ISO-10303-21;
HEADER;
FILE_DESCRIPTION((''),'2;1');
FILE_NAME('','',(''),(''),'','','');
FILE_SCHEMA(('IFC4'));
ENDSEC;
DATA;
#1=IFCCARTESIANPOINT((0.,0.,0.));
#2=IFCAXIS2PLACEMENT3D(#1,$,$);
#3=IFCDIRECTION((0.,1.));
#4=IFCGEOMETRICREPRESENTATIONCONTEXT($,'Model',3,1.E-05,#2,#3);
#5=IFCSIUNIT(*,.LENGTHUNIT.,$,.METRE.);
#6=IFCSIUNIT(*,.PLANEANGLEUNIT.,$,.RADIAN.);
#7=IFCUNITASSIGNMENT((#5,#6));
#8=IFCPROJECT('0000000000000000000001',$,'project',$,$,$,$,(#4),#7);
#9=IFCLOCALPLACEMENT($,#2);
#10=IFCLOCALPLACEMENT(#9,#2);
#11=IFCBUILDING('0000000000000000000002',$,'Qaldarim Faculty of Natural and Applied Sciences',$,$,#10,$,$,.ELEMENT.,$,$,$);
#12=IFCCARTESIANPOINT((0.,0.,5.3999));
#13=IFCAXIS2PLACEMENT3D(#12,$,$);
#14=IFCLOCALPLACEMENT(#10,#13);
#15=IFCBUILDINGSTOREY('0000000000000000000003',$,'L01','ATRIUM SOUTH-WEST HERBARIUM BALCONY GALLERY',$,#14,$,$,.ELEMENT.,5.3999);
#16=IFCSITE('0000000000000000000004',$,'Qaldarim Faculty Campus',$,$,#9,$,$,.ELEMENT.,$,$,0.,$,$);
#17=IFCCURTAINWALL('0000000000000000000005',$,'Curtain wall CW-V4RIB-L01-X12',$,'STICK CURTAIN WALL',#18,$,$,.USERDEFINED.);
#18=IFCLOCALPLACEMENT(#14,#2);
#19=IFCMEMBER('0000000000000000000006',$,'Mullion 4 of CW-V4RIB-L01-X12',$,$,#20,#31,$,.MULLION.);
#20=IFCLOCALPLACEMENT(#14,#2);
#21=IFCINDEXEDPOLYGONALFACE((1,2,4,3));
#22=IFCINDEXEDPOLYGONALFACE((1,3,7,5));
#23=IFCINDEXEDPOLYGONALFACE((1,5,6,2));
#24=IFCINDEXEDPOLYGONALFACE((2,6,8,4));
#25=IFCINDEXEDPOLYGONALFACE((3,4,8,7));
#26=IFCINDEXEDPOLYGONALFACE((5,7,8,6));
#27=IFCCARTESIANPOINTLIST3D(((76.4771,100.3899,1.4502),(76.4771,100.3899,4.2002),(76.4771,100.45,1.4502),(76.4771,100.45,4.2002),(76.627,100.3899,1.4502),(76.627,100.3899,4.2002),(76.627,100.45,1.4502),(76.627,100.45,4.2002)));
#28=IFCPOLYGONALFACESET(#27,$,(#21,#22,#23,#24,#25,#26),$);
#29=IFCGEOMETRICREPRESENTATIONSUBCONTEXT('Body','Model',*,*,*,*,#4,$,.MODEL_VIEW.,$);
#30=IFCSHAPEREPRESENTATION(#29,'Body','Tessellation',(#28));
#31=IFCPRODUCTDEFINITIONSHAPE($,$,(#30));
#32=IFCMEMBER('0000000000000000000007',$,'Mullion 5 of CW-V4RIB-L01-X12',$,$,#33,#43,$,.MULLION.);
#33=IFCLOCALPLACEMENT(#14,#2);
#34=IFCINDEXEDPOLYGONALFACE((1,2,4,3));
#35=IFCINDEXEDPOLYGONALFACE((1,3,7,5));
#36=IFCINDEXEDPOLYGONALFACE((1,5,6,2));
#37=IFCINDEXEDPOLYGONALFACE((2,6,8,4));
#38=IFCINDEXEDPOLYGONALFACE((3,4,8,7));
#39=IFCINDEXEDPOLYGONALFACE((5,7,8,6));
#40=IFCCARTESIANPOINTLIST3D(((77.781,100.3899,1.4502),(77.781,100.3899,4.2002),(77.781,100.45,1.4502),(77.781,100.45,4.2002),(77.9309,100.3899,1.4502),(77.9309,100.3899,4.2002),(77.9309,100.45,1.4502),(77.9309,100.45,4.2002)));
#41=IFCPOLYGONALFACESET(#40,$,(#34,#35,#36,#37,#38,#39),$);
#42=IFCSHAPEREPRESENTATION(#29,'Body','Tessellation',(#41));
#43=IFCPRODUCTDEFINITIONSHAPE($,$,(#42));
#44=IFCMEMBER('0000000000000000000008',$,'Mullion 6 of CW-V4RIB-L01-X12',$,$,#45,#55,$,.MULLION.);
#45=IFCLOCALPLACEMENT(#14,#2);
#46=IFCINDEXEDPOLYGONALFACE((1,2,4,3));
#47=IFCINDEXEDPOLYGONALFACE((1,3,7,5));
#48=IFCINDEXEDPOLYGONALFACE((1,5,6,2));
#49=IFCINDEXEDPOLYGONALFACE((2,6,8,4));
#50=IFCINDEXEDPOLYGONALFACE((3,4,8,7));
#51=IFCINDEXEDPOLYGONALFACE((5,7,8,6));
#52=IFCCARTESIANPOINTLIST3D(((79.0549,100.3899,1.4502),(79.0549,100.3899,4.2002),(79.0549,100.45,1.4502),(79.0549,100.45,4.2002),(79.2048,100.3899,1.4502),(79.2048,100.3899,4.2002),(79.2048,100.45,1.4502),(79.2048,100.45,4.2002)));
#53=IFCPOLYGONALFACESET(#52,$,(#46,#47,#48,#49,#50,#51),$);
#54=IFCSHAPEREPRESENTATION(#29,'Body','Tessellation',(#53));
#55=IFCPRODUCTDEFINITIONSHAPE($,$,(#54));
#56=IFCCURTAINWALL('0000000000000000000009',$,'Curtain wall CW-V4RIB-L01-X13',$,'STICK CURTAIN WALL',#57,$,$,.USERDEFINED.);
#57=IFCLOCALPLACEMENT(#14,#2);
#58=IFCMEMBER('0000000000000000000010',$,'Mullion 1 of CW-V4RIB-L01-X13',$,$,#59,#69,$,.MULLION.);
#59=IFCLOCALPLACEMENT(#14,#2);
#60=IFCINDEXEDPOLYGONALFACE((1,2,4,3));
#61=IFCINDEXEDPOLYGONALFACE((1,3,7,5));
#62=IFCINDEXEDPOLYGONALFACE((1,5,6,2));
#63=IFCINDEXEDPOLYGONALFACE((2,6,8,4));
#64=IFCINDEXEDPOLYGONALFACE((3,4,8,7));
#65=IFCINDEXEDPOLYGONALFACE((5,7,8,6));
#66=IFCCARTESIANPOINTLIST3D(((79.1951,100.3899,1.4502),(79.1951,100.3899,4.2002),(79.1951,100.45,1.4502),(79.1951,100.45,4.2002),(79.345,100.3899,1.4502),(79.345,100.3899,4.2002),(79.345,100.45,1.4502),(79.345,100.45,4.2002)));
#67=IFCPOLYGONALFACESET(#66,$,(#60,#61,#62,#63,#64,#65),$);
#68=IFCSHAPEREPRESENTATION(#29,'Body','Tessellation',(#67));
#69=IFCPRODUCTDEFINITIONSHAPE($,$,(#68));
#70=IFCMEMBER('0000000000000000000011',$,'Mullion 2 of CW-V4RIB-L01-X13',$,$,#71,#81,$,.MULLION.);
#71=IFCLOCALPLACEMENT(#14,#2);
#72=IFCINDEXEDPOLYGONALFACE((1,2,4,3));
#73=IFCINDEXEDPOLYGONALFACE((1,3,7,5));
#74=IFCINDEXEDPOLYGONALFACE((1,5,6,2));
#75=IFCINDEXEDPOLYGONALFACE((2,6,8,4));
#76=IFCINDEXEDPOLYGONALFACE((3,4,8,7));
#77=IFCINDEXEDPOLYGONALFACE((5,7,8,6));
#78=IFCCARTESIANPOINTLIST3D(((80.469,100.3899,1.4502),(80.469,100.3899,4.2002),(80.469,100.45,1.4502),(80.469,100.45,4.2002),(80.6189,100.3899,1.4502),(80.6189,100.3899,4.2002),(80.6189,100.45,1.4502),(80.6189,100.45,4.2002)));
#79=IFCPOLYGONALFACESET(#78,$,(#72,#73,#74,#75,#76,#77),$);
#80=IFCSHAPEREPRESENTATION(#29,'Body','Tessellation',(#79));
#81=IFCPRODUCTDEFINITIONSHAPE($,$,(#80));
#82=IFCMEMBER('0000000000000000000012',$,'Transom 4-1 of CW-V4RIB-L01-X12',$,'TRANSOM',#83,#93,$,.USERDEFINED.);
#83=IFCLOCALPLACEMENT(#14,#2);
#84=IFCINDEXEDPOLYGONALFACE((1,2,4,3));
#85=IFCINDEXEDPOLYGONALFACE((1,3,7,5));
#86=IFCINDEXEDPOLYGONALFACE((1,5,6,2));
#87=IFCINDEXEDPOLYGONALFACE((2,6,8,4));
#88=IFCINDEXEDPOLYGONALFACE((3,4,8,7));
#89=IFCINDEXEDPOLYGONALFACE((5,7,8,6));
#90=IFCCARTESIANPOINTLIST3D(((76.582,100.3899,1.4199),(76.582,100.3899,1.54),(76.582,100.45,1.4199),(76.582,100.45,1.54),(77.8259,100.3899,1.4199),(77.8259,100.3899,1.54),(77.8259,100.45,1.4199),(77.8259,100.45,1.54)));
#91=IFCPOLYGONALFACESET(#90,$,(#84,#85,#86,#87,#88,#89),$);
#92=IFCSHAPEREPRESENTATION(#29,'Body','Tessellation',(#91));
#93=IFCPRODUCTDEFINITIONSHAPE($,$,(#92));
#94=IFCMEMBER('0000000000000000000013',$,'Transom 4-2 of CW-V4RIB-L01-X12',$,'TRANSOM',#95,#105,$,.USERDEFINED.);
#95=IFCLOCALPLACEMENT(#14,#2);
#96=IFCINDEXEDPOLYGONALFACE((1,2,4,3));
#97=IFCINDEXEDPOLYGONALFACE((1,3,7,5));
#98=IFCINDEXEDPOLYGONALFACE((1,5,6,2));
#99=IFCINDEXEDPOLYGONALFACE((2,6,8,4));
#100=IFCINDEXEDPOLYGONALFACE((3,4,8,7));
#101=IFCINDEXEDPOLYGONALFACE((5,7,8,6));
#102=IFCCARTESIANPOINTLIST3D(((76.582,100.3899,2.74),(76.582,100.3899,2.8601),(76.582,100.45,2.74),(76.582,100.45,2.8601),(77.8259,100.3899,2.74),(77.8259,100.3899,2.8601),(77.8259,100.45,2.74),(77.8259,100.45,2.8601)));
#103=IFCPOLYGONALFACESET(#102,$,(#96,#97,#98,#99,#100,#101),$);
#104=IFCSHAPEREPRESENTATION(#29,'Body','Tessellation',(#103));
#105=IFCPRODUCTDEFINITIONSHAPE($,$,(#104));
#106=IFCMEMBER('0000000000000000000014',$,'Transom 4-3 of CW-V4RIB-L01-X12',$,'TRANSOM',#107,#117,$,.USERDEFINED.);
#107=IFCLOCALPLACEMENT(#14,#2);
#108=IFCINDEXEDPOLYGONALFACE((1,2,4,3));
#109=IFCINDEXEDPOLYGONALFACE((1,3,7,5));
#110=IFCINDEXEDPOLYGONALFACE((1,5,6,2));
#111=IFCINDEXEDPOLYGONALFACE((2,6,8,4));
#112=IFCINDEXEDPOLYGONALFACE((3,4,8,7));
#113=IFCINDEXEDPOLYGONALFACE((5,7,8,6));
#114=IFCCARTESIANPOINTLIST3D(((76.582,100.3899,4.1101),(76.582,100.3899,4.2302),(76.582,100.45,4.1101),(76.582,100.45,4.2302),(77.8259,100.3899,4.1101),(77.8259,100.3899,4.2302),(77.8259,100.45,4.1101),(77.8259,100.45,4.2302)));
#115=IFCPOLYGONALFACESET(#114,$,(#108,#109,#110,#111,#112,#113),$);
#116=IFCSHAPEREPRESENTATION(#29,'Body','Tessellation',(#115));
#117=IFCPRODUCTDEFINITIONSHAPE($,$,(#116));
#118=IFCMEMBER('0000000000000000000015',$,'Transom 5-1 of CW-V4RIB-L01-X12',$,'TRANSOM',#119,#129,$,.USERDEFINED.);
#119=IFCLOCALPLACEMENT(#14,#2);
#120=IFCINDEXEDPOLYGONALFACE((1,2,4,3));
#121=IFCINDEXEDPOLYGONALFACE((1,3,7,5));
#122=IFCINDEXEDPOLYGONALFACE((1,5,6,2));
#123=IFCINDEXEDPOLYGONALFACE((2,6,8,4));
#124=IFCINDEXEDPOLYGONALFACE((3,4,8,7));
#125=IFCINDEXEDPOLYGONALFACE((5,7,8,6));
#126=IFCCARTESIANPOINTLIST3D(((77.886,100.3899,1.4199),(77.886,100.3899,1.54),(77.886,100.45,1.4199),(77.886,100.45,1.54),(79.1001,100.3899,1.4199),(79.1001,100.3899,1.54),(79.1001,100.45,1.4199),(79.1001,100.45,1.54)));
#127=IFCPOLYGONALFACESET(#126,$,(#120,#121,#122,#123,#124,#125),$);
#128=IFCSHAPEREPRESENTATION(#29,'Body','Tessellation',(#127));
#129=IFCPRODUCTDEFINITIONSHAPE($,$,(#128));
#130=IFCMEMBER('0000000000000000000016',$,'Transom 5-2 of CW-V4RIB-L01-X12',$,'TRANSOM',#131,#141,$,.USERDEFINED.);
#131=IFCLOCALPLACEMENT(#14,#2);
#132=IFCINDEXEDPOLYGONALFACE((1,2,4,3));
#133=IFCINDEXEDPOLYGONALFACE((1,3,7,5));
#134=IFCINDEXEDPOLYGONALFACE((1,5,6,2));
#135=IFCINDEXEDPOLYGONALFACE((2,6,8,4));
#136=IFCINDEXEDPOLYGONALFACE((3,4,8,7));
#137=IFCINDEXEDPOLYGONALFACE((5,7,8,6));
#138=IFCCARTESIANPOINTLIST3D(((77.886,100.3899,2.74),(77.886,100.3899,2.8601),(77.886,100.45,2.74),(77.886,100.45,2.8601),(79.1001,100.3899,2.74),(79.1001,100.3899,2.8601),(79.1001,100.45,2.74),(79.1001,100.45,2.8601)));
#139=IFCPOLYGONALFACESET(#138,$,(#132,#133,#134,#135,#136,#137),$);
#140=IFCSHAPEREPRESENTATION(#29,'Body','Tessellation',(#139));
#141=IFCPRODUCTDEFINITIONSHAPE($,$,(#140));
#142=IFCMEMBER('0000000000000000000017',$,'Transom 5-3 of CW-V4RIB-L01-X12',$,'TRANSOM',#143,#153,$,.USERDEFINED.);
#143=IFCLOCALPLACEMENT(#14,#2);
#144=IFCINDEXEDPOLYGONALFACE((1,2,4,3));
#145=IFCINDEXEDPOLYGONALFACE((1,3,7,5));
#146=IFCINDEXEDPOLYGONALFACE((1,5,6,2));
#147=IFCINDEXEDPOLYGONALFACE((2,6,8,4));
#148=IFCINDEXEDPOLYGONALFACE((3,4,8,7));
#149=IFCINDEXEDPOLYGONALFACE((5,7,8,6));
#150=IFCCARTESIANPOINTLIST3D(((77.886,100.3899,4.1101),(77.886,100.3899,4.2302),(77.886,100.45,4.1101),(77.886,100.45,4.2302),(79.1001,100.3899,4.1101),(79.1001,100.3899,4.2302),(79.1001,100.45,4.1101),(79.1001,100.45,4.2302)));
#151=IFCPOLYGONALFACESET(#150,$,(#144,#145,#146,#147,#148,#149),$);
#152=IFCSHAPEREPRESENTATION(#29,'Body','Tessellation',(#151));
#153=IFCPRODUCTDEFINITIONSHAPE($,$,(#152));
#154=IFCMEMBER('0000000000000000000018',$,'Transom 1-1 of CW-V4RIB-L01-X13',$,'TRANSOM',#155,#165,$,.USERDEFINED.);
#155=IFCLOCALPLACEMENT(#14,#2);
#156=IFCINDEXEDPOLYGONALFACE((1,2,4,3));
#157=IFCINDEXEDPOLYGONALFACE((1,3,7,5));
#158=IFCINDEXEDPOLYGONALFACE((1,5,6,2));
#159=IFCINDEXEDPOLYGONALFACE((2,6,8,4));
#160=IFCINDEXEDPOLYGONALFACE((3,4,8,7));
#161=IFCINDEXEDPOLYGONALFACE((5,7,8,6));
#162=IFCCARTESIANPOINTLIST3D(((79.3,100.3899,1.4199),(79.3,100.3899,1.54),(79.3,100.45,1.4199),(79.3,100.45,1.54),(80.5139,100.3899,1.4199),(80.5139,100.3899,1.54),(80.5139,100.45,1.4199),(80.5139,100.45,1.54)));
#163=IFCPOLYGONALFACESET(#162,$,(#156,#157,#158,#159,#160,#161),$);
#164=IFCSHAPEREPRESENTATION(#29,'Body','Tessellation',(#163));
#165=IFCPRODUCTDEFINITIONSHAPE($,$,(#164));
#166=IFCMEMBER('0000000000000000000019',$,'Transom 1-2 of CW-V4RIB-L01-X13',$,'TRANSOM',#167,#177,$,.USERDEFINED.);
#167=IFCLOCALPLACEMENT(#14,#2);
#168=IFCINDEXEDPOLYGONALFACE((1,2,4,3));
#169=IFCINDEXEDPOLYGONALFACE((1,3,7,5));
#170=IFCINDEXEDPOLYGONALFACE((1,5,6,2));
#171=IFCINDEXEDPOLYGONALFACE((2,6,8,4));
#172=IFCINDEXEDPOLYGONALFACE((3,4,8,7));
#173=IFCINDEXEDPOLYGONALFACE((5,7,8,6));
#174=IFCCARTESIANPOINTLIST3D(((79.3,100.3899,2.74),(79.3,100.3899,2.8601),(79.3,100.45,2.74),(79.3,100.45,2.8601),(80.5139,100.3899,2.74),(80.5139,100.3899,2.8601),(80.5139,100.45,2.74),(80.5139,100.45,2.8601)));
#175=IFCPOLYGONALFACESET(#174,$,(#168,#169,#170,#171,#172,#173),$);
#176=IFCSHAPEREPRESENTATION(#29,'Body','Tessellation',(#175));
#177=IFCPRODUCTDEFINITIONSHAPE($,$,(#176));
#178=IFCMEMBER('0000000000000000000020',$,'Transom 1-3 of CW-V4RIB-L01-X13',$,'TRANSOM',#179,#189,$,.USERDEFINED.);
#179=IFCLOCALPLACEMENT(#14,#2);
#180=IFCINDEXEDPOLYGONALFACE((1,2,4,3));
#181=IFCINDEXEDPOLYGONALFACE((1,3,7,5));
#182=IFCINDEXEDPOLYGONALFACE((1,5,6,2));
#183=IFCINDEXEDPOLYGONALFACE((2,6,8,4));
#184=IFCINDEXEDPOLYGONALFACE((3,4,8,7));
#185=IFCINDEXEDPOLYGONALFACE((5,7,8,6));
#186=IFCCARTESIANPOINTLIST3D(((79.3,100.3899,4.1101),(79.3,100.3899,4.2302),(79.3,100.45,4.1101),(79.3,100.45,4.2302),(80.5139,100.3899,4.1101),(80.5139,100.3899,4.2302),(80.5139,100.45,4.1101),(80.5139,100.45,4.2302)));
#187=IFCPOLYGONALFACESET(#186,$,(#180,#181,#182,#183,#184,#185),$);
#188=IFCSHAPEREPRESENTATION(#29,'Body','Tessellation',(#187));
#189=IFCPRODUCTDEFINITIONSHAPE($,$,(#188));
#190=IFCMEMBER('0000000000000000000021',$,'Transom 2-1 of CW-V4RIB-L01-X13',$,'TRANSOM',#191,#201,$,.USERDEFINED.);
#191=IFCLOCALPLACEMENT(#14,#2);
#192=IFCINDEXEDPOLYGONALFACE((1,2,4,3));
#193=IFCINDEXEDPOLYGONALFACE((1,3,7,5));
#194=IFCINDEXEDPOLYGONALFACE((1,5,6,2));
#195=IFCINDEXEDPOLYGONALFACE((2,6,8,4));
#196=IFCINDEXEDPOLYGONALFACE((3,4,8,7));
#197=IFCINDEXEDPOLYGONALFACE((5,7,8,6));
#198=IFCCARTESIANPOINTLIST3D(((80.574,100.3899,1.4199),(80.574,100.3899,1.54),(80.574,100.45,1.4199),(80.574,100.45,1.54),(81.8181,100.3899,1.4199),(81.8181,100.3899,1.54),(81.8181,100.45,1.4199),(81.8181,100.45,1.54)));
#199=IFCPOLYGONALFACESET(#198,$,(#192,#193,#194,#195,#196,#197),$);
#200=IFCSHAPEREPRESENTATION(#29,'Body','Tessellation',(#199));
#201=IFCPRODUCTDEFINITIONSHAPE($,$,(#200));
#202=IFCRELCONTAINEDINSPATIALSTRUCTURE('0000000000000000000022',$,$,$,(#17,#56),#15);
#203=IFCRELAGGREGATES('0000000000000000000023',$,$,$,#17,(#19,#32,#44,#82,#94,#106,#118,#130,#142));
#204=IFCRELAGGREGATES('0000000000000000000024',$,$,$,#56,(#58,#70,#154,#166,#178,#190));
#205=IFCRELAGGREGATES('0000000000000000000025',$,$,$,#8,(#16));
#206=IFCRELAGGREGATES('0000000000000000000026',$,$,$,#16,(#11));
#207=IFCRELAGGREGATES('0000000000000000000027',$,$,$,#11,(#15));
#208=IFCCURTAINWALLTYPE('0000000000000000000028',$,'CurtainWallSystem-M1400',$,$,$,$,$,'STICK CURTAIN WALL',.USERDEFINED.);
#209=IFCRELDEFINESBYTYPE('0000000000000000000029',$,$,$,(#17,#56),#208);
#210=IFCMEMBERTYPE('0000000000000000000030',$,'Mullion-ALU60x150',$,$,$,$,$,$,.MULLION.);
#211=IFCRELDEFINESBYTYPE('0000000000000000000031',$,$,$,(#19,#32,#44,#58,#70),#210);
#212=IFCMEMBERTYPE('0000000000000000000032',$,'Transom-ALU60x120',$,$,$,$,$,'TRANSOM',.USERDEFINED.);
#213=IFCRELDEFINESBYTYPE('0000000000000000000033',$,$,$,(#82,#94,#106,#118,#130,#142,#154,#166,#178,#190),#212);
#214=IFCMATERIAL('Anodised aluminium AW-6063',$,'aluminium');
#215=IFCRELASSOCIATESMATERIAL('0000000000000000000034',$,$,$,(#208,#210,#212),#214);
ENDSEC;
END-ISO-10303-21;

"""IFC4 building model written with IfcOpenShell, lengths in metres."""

from ifc_helpers import new_model, si_unit, direction, frame, origin, origin_2d, place, context, subcontext, project, spatial, rectangle, extrude, material, material_profile, profile_set, type_object, element, aggregate, save


model = new_model("IFC4")

# Units and contexts
model_context = context("Model", 3, precision=1e-05, world=origin(), true_north=direction((0.0, 1.0)))
body_context = subcontext(model_context, "Body", "Model", "MODEL_VIEW")
ifc_project = project(units=[si_unit("LENGTHUNIT", "METRE"), si_unit("PLANEANGLEUNIT", "RADIAN")], contexts=[model_context])

# Site, building, storey
site_placement = place(None, origin())
site = spatial("IfcSite", under=ifc_project, at=site_placement, Name="Qaldarim Faculty Campus", CompositionType="ELEMENT", RefElevation=0.0)
building_placement = place(site_placement, origin())
building = spatial("IfcBuilding", under=site, at=building_placement, Name="Qaldarim Faculty of Natural and Applied Sciences", CompositionType="ELEMENT")
storey_placement = place(building_placement, frame((0.0, 0.0, 5.3999)))
storey = spatial("IfcBuildingStorey", under=building, at=storey_placement, Name="L01", Description="ATRIUM SOUTH-WEST HERBARIUM BALCONY GALLERY", CompositionType="ELEMENT", Elevation=5.3999)

# Curtain walls, members
ifc_material_1 = material(Name="Anodised aluminium AW-6063", Category="aluminium")
curtain_wall_type = type_object("IfcCurtainWallType", Name="CurtainWallSystem-M1400", ElementType="STICK CURTAIN WALL", PredefinedType="USERDEFINED", material=ifc_material_1)
curtain_wall_1_placement = place(storey_placement, origin())
curtain_wall_1 = element("IfcCurtainWall", 1, at=curtain_wall_1_placement, inside=storey, type_object=curtain_wall_type, Name="Curtain wall CW-V4RIB-L01-X12", ObjectType="STICK CURTAIN WALL", PredefinedType="USERDEFINED")
ifc_material_profile_1 = material_profile(ifc_material_1, rectangle(XDim=0.0601, YDim=0.1499, at=origin_2d()), Name="ALU-M60x150")
ifc_profile_set_1 = profile_set([ifc_material_profile_1], Name="Anodised aluminium AW-6063")
member_type_1 = type_object("IfcMemberType", Name="Mullion-ALU60x150", PredefinedType="MULLION", material=ifc_profile_set_1)
member_1_placement = place(storey_placement, frame((76.552, 100.4199, 1.4502), z_axis=(0.0, 0.0, 1.0), x_axis=(0.0, 1.0, 0.0)))
member_1 = element("IfcMember", 2, at=member_1_placement, type_object=member_type_1, Name="Mullion 4 of CW-V4RIB-L01-X12", PredefinedType="MULLION", context=body_context, shape_type="SweptSolid", body=[
    extrude(rectangle(XDim=0.0601, YDim=0.1499, at=origin_2d()), origin(), (0.0, 0.0, 1.0), 2.75),
])
member_2_placement = place(storey_placement, frame((77.856, 100.4199, 1.4502), z_axis=(0.0, 0.0, 1.0), x_axis=(0.0, 1.0, 0.0)))
member_2 = element("IfcMember", 3, at=member_2_placement, type_object=member_type_1, Name="Mullion 5 of CW-V4RIB-L01-X12", PredefinedType="MULLION", context=body_context, shape_type="SweptSolid", body=[
    extrude(rectangle(XDim=0.0601, YDim=0.1499, at=origin_2d()), origin(), (0.0, 0.0, 1.0), 2.75),
])
member_3_placement = place(storey_placement, frame((79.1299, 100.4199, 1.4502), z_axis=(0.0, 0.0, 1.0), x_axis=(0.0, 1.0, 0.0)))
member_3 = element("IfcMember", 4, at=member_3_placement, type_object=member_type_1, Name="Mullion 6 of CW-V4RIB-L01-X12", PredefinedType="MULLION", context=body_context, shape_type="SweptSolid", body=[
    extrude(rectangle(XDim=0.0601, YDim=0.1499, at=origin_2d()), origin(), (0.0, 0.0, 1.0), 2.75),
])
curtain_wall_2_placement = place(storey_placement, origin())
curtain_wall_2 = element("IfcCurtainWall", 5, at=curtain_wall_2_placement, inside=storey, type_object=curtain_wall_type, Name="Curtain wall CW-V4RIB-L01-X13", ObjectType="STICK CURTAIN WALL", PredefinedType="USERDEFINED")
member_4_placement = place(storey_placement, frame((79.27, 100.4199, 1.4502), z_axis=(0.0, 0.0, 1.0), x_axis=(0.0, 1.0, 0.0)))
member_4 = element("IfcMember", 6, at=member_4_placement, type_object=member_type_1, Name="Mullion 1 of CW-V4RIB-L01-X13", PredefinedType="MULLION", context=body_context, shape_type="SweptSolid", body=[
    extrude(rectangle(XDim=0.0601, YDim=0.1499, at=origin_2d()), origin(), (0.0, 0.0, 1.0), 2.75),
])
member_5_placement = place(storey_placement, frame((80.5439, 100.4199, 1.4502), z_axis=(0.0, 0.0, 1.0), x_axis=(0.0, 1.0, 0.0)))
member_5 = element("IfcMember", 7, at=member_5_placement, type_object=member_type_1, Name="Mullion 2 of CW-V4RIB-L01-X13", PredefinedType="MULLION", context=body_context, shape_type="SweptSolid", body=[
    extrude(rectangle(XDim=0.0601, YDim=0.1499, at=origin_2d()), origin(), (0.0, 0.0, 1.0), 2.75),
])

# Members
ifc_material_profile_2 = material_profile(ifc_material_1, rectangle(XDim=0.0601, YDim=0.1201, at=origin_2d()), Name="ALU-T60x120")
ifc_profile_set_2 = profile_set([ifc_material_profile_2], Name="Anodised aluminium AW-6063")
member_type_2 = type_object("IfcMemberType", Name="Transom-ALU60x120", ElementType="TRANSOM", PredefinedType="USERDEFINED", material=ifc_profile_set_2)
member_6_placement = place(storey_placement, frame((76.582, 100.4199, 1.48), z_axis=(1.0, 0.0, 0.0), x_axis=(0.0, 1.0, 0.0)))
member_6 = element("IfcMember", 8, at=member_6_placement, type_object=member_type_2, Name="Transom 4-1 of CW-V4RIB-L01-X12", ObjectType="TRANSOM", PredefinedType="USERDEFINED", context=body_context, shape_type="SweptSolid", body=[
    extrude(rectangle(XDim=0.0601, YDim=0.1201, at=origin_2d()), origin(), (0.0, 0.0, 1.0), 1.2439),
])
member_7_placement = place(storey_placement, frame((76.582, 100.4199, 2.8), z_axis=(1.0, 0.0, 0.0), x_axis=(0.0, 1.0, 0.0)))
member_7 = element("IfcMember", 9, at=member_7_placement, type_object=member_type_2, Name="Transom 4-2 of CW-V4RIB-L01-X12", ObjectType="TRANSOM", PredefinedType="USERDEFINED", context=body_context, shape_type="SweptSolid", body=[
    extrude(rectangle(XDim=0.0601, YDim=0.1201, at=origin_2d()), origin(), (0.0, 0.0, 1.0), 1.2439),
])
member_8_placement = place(storey_placement, frame((76.582, 100.4199, 4.1702), z_axis=(1.0, 0.0, 0.0), x_axis=(0.0, 1.0, 0.0)))
member_8 = element("IfcMember", 10, at=member_8_placement, type_object=member_type_2, Name="Transom 4-3 of CW-V4RIB-L01-X12", ObjectType="TRANSOM", PredefinedType="USERDEFINED", context=body_context, shape_type="SweptSolid", body=[
    extrude(rectangle(XDim=0.0601, YDim=0.1201, at=origin_2d()), origin(), (0.0, 0.0, 1.0), 1.2439),
])
member_9_placement = place(storey_placement, frame((77.886, 100.4199, 1.48), z_axis=(1.0, 0.0, 0.0), x_axis=(0.0, 1.0, 0.0)))
member_9 = element("IfcMember", 11, at=member_9_placement, type_object=member_type_2, Name="Transom 5-1 of CW-V4RIB-L01-X12", ObjectType="TRANSOM", PredefinedType="USERDEFINED", context=body_context, shape_type="SweptSolid", body=[
    extrude(rectangle(XDim=0.0601, YDim=0.1201, at=origin_2d()), origin(), (0.0, 0.0, 1.0), 1.2141),
])
member_10_placement = place(storey_placement, frame((77.886, 100.4199, 2.8), z_axis=(1.0, 0.0, 0.0), x_axis=(0.0, 1.0, 0.0)))
member_10 = element("IfcMember", 12, at=member_10_placement, type_object=member_type_2, Name="Transom 5-2 of CW-V4RIB-L01-X12", ObjectType="TRANSOM", PredefinedType="USERDEFINED", context=body_context, shape_type="SweptSolid", body=[
    extrude(rectangle(XDim=0.0601, YDim=0.1201, at=origin_2d()), origin(), (0.0, 0.0, 1.0), 1.2141),
])
member_11_placement = place(storey_placement, frame((77.886, 100.4199, 4.1702), z_axis=(1.0, 0.0, 0.0), x_axis=(0.0, 1.0, 0.0)))
member_11 = element("IfcMember", 13, at=member_11_placement, type_object=member_type_2, Name="Transom 5-3 of CW-V4RIB-L01-X12", ObjectType="TRANSOM", PredefinedType="USERDEFINED", context=body_context, shape_type="SweptSolid", body=[
    extrude(rectangle(XDim=0.0601, YDim=0.1201, at=origin_2d()), origin(), (0.0, 0.0, 1.0), 1.2141),
])
member_12_placement = place(storey_placement, frame((79.3, 100.4199, 1.48), z_axis=(1.0, 0.0, 0.0), x_axis=(0.0, 1.0, 0.0)))
member_12 = element("IfcMember", 14, at=member_12_placement, type_object=member_type_2, Name="Transom 1-1 of CW-V4RIB-L01-X13", ObjectType="TRANSOM", PredefinedType="USERDEFINED", context=body_context, shape_type="SweptSolid", body=[
    extrude(rectangle(XDim=0.0601, YDim=0.1201, at=origin_2d()), origin(), (0.0, 0.0, 1.0), 1.2139),
])
member_13_placement = place(storey_placement, frame((79.3, 100.4199, 2.8), z_axis=(1.0, 0.0, 0.0), x_axis=(0.0, 1.0, 0.0)))
member_13 = element("IfcMember", 15, at=member_13_placement, type_object=member_type_2, Name="Transom 1-2 of CW-V4RIB-L01-X13", ObjectType="TRANSOM", PredefinedType="USERDEFINED", context=body_context, shape_type="SweptSolid", body=[
    extrude(rectangle(XDim=0.0601, YDim=0.1201, at=origin_2d()), origin(), (0.0, 0.0, 1.0), 1.2139),
])
member_14_placement = place(storey_placement, frame((79.3, 100.4199, 4.1702), z_axis=(1.0, 0.0, 0.0), x_axis=(0.0, 1.0, 0.0)))
member_14 = element("IfcMember", 16, at=member_14_placement, type_object=member_type_2, Name="Transom 1-3 of CW-V4RIB-L01-X13", ObjectType="TRANSOM", PredefinedType="USERDEFINED", context=body_context, shape_type="SweptSolid", body=[
    extrude(rectangle(XDim=0.0601, YDim=0.1201, at=origin_2d()), origin(), (0.0, 0.0, 1.0), 1.2139),
])
member_15_placement = place(storey_placement, frame((80.574, 100.4199, 1.48), z_axis=(1.0, 0.0, 0.0), x_axis=(0.0, 1.0, 0.0)))
member_15 = element("IfcMember", 17, at=member_15_placement, type_object=member_type_2, Name="Transom 2-1 of CW-V4RIB-L01-X13", ObjectType="TRANSOM", PredefinedType="USERDEFINED", context=body_context, shape_type="SweptSolid", body=[
    extrude(rectangle(XDim=0.0601, YDim=0.1201, at=origin_2d()), origin(), (0.0, 0.0, 1.0), 1.2441),
])

aggregate(curtain_wall_1, [member_1, member_2, member_3, member_6, member_7, member_8, member_9, member_10, member_11])
aggregate(curtain_wall_2, [member_4, member_5, member_12, member_13, member_14, member_15])

save(model, "model.ifc")
